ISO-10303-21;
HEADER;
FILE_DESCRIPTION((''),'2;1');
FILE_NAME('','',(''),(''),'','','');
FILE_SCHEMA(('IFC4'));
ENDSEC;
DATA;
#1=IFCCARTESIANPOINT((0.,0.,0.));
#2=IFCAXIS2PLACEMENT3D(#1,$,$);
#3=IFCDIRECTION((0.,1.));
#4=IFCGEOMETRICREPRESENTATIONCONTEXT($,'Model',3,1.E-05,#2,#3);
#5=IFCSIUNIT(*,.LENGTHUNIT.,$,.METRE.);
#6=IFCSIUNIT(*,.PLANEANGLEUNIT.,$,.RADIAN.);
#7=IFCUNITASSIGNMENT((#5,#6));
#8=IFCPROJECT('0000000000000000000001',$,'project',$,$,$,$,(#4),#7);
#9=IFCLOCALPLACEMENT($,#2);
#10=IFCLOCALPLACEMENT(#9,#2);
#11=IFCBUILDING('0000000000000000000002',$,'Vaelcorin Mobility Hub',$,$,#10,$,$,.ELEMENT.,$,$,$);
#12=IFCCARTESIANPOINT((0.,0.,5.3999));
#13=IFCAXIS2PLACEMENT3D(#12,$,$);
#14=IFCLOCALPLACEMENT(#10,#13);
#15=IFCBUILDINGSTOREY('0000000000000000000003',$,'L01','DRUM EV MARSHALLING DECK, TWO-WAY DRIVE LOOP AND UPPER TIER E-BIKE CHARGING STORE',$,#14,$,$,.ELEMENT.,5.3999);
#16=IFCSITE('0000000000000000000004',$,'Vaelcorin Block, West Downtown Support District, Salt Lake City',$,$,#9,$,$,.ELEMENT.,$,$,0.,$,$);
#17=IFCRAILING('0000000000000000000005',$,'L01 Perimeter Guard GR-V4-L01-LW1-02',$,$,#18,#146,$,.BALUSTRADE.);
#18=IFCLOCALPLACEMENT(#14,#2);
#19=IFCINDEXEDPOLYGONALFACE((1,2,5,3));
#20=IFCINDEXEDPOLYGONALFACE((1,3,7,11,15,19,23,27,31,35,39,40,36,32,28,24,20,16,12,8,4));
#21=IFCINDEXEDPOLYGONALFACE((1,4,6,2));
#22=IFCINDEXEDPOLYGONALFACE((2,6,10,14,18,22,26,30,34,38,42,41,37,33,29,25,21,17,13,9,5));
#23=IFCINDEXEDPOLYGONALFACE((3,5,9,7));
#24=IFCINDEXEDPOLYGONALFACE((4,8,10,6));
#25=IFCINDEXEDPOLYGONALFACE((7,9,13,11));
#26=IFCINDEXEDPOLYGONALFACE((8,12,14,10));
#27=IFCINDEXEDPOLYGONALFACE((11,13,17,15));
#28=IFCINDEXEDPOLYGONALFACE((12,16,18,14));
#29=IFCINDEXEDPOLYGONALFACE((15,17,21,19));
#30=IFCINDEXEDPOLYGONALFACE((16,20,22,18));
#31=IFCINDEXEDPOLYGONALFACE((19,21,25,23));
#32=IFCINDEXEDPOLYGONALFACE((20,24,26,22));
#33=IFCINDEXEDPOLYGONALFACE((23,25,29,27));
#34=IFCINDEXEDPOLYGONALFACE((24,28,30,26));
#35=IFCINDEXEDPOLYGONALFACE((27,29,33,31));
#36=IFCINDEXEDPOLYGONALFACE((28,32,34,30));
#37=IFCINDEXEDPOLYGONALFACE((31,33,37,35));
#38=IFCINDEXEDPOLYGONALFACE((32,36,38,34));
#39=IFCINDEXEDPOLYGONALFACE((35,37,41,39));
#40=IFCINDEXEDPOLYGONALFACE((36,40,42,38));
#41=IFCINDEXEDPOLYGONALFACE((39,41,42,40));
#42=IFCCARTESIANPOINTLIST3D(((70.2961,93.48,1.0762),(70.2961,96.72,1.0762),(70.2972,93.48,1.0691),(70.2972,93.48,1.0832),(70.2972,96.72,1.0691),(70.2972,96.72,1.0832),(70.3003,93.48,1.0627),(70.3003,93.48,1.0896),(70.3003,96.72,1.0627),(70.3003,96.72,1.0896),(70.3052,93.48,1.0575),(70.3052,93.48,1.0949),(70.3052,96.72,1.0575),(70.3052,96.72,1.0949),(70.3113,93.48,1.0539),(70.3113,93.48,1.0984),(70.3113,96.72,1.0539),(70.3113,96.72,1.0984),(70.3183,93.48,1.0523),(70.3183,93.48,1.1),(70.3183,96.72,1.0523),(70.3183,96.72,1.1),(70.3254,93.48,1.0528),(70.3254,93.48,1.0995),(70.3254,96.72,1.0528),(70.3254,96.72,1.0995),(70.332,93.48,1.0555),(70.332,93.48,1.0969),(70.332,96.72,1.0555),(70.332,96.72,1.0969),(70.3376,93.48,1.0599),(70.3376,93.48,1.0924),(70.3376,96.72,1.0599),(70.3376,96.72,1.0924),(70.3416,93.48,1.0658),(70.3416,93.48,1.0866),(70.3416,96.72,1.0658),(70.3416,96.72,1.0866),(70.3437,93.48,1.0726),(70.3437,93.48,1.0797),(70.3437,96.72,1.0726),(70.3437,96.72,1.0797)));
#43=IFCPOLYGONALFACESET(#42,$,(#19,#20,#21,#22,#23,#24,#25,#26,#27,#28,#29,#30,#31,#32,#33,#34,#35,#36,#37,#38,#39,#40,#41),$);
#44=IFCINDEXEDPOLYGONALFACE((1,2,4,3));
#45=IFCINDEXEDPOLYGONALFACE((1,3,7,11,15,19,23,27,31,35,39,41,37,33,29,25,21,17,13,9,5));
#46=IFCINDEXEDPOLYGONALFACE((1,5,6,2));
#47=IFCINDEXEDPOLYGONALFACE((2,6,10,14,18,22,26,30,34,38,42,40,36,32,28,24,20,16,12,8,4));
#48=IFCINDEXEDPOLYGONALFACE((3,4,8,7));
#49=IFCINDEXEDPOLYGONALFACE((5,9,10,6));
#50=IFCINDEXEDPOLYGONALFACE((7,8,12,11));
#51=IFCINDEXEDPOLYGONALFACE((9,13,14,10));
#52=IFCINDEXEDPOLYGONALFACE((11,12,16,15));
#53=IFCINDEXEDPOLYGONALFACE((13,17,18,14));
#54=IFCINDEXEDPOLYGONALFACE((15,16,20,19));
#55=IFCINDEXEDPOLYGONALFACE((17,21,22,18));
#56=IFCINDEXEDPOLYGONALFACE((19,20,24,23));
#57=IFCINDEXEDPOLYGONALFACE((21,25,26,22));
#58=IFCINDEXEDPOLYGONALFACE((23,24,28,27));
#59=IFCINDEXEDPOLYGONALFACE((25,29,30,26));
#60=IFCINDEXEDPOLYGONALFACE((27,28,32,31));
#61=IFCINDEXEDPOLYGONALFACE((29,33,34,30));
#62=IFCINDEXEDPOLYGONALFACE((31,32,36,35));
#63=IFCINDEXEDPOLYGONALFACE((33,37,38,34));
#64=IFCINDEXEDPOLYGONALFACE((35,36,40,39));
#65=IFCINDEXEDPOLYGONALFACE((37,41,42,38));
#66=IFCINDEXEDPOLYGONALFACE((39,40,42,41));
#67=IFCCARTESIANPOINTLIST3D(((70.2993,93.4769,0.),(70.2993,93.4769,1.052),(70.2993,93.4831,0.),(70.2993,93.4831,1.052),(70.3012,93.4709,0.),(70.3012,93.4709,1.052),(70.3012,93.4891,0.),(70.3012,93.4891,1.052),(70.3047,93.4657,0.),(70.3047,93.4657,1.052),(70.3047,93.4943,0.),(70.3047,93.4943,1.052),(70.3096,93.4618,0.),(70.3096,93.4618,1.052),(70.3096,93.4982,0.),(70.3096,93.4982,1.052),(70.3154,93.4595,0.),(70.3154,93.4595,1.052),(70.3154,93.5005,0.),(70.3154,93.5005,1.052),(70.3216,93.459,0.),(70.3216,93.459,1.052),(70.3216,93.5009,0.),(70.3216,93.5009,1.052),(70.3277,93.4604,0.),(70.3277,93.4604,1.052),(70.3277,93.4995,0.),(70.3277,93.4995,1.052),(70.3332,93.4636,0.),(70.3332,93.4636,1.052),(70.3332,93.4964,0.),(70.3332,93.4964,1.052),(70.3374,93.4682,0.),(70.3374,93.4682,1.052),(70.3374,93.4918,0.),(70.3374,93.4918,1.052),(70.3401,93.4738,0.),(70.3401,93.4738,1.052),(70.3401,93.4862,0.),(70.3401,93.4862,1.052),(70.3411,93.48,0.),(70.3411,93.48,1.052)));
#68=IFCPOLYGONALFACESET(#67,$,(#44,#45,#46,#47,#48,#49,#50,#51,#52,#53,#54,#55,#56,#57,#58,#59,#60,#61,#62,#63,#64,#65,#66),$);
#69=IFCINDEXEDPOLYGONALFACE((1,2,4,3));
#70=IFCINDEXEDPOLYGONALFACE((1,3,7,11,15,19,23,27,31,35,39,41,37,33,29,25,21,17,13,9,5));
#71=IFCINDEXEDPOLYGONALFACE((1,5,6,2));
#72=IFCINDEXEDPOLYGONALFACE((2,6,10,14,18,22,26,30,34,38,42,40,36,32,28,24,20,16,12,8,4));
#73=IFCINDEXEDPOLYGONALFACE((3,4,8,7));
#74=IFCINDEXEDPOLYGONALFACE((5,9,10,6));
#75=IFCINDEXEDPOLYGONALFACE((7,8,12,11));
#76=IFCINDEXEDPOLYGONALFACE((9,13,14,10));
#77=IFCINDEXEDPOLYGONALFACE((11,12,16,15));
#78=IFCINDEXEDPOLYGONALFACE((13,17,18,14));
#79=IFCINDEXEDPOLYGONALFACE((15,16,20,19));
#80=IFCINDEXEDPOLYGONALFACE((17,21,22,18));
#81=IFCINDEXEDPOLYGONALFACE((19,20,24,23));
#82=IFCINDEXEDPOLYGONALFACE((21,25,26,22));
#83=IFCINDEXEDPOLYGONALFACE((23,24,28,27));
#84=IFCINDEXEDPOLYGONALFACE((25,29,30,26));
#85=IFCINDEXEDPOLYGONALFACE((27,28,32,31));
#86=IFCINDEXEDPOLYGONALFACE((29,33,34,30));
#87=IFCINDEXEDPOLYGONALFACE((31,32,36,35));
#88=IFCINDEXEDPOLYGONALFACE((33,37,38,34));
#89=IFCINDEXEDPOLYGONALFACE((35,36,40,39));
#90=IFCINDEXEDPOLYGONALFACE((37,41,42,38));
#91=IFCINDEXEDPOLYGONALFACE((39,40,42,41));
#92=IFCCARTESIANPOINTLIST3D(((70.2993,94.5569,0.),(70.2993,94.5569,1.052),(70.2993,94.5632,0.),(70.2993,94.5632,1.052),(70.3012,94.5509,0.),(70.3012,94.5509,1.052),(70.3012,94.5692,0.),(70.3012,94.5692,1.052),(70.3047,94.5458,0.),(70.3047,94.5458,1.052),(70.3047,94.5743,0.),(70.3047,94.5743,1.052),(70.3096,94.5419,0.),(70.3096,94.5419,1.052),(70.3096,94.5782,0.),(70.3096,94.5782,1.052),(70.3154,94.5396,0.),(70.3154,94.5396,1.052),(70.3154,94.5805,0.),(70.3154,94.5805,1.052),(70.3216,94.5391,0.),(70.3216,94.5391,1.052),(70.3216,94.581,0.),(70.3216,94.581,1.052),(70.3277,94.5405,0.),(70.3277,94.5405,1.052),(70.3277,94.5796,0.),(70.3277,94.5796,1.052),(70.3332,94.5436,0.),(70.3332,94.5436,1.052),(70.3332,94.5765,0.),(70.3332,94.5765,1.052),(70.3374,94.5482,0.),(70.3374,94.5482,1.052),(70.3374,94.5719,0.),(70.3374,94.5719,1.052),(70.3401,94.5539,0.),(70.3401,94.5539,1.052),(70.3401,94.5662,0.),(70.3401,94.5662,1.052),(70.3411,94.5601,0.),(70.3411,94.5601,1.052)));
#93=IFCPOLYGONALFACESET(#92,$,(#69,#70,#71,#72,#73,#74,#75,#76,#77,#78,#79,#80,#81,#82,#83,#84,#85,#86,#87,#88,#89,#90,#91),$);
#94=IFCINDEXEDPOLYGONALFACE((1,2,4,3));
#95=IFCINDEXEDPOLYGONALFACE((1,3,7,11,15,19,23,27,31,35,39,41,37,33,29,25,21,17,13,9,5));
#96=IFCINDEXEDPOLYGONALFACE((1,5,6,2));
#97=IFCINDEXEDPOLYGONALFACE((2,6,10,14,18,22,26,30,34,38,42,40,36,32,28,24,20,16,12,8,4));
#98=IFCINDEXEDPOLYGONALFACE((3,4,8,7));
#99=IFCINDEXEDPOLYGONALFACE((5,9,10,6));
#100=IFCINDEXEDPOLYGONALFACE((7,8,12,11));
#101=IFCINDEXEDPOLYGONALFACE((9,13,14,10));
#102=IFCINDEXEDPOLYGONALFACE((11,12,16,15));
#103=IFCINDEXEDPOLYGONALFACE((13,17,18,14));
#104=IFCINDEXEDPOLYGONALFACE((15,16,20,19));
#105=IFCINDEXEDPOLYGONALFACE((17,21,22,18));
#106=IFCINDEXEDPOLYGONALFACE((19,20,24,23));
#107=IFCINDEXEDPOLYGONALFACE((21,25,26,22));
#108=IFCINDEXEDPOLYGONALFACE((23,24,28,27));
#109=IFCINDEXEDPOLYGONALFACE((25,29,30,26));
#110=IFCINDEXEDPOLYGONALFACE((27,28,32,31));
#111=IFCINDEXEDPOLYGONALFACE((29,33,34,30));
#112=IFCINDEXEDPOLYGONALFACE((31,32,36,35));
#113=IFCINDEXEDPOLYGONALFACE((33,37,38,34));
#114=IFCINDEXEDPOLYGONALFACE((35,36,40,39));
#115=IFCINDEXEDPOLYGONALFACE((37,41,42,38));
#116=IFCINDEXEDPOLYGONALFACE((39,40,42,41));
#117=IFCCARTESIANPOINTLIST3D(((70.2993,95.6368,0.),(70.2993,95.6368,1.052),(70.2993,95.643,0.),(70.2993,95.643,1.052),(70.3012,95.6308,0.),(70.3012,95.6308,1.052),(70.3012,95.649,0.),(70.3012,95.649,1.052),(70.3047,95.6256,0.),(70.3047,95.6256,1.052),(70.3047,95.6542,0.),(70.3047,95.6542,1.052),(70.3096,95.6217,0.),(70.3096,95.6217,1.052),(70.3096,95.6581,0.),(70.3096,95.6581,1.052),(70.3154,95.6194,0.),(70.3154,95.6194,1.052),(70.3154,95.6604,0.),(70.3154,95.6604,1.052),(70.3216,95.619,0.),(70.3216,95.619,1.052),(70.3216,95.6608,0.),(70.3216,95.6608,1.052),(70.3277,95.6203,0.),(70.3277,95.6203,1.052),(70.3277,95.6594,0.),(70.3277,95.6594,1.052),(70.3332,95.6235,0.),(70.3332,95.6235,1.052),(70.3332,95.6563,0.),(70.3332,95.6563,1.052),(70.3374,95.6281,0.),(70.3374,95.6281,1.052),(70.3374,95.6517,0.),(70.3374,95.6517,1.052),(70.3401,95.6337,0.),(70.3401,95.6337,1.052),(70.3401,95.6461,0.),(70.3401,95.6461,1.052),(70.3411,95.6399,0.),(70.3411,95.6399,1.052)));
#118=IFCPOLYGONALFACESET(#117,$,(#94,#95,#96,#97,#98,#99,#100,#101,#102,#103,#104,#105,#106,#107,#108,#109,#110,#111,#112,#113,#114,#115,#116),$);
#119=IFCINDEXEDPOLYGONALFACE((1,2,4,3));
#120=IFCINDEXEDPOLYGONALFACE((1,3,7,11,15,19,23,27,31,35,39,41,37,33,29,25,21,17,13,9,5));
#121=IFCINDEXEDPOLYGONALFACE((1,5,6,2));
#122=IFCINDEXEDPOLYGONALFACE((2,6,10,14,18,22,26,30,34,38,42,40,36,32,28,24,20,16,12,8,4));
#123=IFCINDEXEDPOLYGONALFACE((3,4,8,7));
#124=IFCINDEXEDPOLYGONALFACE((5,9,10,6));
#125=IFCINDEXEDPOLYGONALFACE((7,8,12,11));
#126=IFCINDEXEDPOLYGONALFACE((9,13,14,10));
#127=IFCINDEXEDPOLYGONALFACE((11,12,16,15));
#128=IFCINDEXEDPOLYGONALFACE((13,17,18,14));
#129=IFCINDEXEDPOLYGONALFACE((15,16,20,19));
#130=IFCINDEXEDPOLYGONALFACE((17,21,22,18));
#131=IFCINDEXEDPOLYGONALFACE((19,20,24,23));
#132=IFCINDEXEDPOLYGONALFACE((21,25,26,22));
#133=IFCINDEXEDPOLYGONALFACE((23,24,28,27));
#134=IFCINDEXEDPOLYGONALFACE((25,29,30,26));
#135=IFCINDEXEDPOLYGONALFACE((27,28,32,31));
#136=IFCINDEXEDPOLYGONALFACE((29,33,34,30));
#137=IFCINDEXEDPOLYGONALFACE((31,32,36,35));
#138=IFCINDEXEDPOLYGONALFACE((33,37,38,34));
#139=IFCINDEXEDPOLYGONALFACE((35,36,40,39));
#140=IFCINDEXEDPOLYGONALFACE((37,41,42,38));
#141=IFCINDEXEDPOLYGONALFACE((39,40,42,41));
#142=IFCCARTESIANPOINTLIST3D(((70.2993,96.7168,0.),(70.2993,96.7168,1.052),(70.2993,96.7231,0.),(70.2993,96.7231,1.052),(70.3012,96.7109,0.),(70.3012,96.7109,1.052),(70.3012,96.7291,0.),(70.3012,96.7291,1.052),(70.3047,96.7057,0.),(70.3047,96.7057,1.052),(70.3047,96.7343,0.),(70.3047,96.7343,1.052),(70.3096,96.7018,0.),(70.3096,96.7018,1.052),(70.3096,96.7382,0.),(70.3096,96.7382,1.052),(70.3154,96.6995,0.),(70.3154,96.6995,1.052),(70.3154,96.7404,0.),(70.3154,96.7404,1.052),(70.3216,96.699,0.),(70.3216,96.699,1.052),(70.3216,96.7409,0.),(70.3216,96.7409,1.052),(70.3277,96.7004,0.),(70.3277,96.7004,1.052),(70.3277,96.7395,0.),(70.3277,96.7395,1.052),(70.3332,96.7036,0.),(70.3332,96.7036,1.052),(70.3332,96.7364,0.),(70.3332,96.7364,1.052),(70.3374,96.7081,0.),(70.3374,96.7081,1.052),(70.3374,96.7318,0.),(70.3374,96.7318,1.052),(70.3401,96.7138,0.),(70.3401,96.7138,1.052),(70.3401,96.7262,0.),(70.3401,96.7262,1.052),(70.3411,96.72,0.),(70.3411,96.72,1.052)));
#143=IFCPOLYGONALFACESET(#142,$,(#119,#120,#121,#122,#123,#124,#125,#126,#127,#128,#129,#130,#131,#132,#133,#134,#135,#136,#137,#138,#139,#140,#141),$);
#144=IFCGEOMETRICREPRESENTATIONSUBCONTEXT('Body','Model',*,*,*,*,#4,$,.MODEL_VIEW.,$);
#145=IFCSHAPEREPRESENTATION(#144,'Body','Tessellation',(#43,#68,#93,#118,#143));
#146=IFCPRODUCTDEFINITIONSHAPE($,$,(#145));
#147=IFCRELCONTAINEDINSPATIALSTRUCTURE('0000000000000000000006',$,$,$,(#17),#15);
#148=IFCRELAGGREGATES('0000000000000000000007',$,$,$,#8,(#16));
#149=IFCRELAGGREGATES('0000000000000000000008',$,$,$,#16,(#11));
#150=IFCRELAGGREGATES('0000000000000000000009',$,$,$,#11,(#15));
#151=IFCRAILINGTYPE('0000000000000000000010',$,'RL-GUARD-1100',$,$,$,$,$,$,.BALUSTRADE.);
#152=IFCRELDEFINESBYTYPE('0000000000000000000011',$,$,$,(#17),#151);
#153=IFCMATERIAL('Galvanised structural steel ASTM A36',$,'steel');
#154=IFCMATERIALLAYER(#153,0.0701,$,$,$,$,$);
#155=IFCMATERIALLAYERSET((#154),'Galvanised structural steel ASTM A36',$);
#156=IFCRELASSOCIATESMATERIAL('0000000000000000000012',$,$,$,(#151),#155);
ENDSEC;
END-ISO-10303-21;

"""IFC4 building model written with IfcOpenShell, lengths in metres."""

from ifc_helpers import new_model, si_unit, direction, frame, origin, origin_2d, place, context, subcontext, project, spatial, circle, extrude, material, layer, layer_set, type_object, element, save


model = new_model("IFC4")

# Units and contexts
model_context = context("Model", 3, precision=1e-05, world=origin(), true_north=direction((0.0, 1.0)))
body_context = subcontext(model_context, "Body", "Model", "MODEL_VIEW")
ifc_project = project(units=[si_unit("LENGTHUNIT", "METRE"), si_unit("PLANEANGLEUNIT", "RADIAN")], contexts=[model_context])

# Site, building, storey
site_placement = place(None, origin())
site = spatial("IfcSite", under=ifc_project, at=site_placement, Name="Vaelcorin Block, West Downtown Support District, Salt Lake City", CompositionType="ELEMENT", RefElevation=0.0)
building_placement = place(site_placement, origin())
building = spatial("IfcBuilding", under=site, at=building_placement, Name="Vaelcorin Mobility Hub", CompositionType="ELEMENT")
storey_placement = place(building_placement, frame((0.0, 0.0, 5.3999)))
storey = spatial("IfcBuildingStorey", under=building, at=storey_placement, Name="L01", Description="DRUM EV MARSHALLING DECK, TWO-WAY DRIVE LOOP AND UPPER TIER E-BIKE CHARGING STORE", CompositionType="ELEMENT", Elevation=5.3999)

# Railing
ifc_material_1 = material(Name="Galvanised structural steel ASTM A36", Category="steel")
ifc_layer_1 = layer(ifc_material_1, 0.0701)
ifc_layer_set_1 = layer_set([ifc_layer_1], Name="Galvanised structural steel ASTM A36")
railing_type = type_object("IfcRailingType", Name="RL-GUARD-1100", PredefinedType="BALUSTRADE", material=ifc_layer_set_1)
railing_1_placement = place(storey_placement, frame((70.3201, 93.48, 0.0)))
element("IfcRailing", 1, at=railing_1_placement, inside=storey, type_object=railing_type, Name="L01 Perimeter Guard GR-V4-L01-LW1-02", PredefinedType="BALUSTRADE", context=body_context, shape_type="SweptSolid", body=[
    extrude(circle(Radius=0.0239, at=origin_2d()), frame((0.0, 0.0, 1.0762), z_axis=(0.0, 1.0, 0.0), x_axis=(-1.0, 0.0, 0.0)), (0.0, 0.0, 1.0), 3.24),
    extrude(circle(Radius=0.021, at=origin_2d()), origin(), (0.0, 0.0, 1.0), 1.052),
    extrude(circle(Radius=0.021, at=origin_2d()), frame((0.0, 1.0801, 0.0)), (0.0, 0.0, 1.0), 1.052),
    extrude(circle(Radius=0.021, at=origin_2d()), frame((0.0, 2.1599, 0.0)), (0.0, 0.0, 1.0), 1.052),
    extrude(circle(Radius=0.021, at=origin_2d()), frame((0.0, 3.24, 0.0)), (0.0, 0.0, 1.0), 1.052),
])

save(model, "model.ifc")
